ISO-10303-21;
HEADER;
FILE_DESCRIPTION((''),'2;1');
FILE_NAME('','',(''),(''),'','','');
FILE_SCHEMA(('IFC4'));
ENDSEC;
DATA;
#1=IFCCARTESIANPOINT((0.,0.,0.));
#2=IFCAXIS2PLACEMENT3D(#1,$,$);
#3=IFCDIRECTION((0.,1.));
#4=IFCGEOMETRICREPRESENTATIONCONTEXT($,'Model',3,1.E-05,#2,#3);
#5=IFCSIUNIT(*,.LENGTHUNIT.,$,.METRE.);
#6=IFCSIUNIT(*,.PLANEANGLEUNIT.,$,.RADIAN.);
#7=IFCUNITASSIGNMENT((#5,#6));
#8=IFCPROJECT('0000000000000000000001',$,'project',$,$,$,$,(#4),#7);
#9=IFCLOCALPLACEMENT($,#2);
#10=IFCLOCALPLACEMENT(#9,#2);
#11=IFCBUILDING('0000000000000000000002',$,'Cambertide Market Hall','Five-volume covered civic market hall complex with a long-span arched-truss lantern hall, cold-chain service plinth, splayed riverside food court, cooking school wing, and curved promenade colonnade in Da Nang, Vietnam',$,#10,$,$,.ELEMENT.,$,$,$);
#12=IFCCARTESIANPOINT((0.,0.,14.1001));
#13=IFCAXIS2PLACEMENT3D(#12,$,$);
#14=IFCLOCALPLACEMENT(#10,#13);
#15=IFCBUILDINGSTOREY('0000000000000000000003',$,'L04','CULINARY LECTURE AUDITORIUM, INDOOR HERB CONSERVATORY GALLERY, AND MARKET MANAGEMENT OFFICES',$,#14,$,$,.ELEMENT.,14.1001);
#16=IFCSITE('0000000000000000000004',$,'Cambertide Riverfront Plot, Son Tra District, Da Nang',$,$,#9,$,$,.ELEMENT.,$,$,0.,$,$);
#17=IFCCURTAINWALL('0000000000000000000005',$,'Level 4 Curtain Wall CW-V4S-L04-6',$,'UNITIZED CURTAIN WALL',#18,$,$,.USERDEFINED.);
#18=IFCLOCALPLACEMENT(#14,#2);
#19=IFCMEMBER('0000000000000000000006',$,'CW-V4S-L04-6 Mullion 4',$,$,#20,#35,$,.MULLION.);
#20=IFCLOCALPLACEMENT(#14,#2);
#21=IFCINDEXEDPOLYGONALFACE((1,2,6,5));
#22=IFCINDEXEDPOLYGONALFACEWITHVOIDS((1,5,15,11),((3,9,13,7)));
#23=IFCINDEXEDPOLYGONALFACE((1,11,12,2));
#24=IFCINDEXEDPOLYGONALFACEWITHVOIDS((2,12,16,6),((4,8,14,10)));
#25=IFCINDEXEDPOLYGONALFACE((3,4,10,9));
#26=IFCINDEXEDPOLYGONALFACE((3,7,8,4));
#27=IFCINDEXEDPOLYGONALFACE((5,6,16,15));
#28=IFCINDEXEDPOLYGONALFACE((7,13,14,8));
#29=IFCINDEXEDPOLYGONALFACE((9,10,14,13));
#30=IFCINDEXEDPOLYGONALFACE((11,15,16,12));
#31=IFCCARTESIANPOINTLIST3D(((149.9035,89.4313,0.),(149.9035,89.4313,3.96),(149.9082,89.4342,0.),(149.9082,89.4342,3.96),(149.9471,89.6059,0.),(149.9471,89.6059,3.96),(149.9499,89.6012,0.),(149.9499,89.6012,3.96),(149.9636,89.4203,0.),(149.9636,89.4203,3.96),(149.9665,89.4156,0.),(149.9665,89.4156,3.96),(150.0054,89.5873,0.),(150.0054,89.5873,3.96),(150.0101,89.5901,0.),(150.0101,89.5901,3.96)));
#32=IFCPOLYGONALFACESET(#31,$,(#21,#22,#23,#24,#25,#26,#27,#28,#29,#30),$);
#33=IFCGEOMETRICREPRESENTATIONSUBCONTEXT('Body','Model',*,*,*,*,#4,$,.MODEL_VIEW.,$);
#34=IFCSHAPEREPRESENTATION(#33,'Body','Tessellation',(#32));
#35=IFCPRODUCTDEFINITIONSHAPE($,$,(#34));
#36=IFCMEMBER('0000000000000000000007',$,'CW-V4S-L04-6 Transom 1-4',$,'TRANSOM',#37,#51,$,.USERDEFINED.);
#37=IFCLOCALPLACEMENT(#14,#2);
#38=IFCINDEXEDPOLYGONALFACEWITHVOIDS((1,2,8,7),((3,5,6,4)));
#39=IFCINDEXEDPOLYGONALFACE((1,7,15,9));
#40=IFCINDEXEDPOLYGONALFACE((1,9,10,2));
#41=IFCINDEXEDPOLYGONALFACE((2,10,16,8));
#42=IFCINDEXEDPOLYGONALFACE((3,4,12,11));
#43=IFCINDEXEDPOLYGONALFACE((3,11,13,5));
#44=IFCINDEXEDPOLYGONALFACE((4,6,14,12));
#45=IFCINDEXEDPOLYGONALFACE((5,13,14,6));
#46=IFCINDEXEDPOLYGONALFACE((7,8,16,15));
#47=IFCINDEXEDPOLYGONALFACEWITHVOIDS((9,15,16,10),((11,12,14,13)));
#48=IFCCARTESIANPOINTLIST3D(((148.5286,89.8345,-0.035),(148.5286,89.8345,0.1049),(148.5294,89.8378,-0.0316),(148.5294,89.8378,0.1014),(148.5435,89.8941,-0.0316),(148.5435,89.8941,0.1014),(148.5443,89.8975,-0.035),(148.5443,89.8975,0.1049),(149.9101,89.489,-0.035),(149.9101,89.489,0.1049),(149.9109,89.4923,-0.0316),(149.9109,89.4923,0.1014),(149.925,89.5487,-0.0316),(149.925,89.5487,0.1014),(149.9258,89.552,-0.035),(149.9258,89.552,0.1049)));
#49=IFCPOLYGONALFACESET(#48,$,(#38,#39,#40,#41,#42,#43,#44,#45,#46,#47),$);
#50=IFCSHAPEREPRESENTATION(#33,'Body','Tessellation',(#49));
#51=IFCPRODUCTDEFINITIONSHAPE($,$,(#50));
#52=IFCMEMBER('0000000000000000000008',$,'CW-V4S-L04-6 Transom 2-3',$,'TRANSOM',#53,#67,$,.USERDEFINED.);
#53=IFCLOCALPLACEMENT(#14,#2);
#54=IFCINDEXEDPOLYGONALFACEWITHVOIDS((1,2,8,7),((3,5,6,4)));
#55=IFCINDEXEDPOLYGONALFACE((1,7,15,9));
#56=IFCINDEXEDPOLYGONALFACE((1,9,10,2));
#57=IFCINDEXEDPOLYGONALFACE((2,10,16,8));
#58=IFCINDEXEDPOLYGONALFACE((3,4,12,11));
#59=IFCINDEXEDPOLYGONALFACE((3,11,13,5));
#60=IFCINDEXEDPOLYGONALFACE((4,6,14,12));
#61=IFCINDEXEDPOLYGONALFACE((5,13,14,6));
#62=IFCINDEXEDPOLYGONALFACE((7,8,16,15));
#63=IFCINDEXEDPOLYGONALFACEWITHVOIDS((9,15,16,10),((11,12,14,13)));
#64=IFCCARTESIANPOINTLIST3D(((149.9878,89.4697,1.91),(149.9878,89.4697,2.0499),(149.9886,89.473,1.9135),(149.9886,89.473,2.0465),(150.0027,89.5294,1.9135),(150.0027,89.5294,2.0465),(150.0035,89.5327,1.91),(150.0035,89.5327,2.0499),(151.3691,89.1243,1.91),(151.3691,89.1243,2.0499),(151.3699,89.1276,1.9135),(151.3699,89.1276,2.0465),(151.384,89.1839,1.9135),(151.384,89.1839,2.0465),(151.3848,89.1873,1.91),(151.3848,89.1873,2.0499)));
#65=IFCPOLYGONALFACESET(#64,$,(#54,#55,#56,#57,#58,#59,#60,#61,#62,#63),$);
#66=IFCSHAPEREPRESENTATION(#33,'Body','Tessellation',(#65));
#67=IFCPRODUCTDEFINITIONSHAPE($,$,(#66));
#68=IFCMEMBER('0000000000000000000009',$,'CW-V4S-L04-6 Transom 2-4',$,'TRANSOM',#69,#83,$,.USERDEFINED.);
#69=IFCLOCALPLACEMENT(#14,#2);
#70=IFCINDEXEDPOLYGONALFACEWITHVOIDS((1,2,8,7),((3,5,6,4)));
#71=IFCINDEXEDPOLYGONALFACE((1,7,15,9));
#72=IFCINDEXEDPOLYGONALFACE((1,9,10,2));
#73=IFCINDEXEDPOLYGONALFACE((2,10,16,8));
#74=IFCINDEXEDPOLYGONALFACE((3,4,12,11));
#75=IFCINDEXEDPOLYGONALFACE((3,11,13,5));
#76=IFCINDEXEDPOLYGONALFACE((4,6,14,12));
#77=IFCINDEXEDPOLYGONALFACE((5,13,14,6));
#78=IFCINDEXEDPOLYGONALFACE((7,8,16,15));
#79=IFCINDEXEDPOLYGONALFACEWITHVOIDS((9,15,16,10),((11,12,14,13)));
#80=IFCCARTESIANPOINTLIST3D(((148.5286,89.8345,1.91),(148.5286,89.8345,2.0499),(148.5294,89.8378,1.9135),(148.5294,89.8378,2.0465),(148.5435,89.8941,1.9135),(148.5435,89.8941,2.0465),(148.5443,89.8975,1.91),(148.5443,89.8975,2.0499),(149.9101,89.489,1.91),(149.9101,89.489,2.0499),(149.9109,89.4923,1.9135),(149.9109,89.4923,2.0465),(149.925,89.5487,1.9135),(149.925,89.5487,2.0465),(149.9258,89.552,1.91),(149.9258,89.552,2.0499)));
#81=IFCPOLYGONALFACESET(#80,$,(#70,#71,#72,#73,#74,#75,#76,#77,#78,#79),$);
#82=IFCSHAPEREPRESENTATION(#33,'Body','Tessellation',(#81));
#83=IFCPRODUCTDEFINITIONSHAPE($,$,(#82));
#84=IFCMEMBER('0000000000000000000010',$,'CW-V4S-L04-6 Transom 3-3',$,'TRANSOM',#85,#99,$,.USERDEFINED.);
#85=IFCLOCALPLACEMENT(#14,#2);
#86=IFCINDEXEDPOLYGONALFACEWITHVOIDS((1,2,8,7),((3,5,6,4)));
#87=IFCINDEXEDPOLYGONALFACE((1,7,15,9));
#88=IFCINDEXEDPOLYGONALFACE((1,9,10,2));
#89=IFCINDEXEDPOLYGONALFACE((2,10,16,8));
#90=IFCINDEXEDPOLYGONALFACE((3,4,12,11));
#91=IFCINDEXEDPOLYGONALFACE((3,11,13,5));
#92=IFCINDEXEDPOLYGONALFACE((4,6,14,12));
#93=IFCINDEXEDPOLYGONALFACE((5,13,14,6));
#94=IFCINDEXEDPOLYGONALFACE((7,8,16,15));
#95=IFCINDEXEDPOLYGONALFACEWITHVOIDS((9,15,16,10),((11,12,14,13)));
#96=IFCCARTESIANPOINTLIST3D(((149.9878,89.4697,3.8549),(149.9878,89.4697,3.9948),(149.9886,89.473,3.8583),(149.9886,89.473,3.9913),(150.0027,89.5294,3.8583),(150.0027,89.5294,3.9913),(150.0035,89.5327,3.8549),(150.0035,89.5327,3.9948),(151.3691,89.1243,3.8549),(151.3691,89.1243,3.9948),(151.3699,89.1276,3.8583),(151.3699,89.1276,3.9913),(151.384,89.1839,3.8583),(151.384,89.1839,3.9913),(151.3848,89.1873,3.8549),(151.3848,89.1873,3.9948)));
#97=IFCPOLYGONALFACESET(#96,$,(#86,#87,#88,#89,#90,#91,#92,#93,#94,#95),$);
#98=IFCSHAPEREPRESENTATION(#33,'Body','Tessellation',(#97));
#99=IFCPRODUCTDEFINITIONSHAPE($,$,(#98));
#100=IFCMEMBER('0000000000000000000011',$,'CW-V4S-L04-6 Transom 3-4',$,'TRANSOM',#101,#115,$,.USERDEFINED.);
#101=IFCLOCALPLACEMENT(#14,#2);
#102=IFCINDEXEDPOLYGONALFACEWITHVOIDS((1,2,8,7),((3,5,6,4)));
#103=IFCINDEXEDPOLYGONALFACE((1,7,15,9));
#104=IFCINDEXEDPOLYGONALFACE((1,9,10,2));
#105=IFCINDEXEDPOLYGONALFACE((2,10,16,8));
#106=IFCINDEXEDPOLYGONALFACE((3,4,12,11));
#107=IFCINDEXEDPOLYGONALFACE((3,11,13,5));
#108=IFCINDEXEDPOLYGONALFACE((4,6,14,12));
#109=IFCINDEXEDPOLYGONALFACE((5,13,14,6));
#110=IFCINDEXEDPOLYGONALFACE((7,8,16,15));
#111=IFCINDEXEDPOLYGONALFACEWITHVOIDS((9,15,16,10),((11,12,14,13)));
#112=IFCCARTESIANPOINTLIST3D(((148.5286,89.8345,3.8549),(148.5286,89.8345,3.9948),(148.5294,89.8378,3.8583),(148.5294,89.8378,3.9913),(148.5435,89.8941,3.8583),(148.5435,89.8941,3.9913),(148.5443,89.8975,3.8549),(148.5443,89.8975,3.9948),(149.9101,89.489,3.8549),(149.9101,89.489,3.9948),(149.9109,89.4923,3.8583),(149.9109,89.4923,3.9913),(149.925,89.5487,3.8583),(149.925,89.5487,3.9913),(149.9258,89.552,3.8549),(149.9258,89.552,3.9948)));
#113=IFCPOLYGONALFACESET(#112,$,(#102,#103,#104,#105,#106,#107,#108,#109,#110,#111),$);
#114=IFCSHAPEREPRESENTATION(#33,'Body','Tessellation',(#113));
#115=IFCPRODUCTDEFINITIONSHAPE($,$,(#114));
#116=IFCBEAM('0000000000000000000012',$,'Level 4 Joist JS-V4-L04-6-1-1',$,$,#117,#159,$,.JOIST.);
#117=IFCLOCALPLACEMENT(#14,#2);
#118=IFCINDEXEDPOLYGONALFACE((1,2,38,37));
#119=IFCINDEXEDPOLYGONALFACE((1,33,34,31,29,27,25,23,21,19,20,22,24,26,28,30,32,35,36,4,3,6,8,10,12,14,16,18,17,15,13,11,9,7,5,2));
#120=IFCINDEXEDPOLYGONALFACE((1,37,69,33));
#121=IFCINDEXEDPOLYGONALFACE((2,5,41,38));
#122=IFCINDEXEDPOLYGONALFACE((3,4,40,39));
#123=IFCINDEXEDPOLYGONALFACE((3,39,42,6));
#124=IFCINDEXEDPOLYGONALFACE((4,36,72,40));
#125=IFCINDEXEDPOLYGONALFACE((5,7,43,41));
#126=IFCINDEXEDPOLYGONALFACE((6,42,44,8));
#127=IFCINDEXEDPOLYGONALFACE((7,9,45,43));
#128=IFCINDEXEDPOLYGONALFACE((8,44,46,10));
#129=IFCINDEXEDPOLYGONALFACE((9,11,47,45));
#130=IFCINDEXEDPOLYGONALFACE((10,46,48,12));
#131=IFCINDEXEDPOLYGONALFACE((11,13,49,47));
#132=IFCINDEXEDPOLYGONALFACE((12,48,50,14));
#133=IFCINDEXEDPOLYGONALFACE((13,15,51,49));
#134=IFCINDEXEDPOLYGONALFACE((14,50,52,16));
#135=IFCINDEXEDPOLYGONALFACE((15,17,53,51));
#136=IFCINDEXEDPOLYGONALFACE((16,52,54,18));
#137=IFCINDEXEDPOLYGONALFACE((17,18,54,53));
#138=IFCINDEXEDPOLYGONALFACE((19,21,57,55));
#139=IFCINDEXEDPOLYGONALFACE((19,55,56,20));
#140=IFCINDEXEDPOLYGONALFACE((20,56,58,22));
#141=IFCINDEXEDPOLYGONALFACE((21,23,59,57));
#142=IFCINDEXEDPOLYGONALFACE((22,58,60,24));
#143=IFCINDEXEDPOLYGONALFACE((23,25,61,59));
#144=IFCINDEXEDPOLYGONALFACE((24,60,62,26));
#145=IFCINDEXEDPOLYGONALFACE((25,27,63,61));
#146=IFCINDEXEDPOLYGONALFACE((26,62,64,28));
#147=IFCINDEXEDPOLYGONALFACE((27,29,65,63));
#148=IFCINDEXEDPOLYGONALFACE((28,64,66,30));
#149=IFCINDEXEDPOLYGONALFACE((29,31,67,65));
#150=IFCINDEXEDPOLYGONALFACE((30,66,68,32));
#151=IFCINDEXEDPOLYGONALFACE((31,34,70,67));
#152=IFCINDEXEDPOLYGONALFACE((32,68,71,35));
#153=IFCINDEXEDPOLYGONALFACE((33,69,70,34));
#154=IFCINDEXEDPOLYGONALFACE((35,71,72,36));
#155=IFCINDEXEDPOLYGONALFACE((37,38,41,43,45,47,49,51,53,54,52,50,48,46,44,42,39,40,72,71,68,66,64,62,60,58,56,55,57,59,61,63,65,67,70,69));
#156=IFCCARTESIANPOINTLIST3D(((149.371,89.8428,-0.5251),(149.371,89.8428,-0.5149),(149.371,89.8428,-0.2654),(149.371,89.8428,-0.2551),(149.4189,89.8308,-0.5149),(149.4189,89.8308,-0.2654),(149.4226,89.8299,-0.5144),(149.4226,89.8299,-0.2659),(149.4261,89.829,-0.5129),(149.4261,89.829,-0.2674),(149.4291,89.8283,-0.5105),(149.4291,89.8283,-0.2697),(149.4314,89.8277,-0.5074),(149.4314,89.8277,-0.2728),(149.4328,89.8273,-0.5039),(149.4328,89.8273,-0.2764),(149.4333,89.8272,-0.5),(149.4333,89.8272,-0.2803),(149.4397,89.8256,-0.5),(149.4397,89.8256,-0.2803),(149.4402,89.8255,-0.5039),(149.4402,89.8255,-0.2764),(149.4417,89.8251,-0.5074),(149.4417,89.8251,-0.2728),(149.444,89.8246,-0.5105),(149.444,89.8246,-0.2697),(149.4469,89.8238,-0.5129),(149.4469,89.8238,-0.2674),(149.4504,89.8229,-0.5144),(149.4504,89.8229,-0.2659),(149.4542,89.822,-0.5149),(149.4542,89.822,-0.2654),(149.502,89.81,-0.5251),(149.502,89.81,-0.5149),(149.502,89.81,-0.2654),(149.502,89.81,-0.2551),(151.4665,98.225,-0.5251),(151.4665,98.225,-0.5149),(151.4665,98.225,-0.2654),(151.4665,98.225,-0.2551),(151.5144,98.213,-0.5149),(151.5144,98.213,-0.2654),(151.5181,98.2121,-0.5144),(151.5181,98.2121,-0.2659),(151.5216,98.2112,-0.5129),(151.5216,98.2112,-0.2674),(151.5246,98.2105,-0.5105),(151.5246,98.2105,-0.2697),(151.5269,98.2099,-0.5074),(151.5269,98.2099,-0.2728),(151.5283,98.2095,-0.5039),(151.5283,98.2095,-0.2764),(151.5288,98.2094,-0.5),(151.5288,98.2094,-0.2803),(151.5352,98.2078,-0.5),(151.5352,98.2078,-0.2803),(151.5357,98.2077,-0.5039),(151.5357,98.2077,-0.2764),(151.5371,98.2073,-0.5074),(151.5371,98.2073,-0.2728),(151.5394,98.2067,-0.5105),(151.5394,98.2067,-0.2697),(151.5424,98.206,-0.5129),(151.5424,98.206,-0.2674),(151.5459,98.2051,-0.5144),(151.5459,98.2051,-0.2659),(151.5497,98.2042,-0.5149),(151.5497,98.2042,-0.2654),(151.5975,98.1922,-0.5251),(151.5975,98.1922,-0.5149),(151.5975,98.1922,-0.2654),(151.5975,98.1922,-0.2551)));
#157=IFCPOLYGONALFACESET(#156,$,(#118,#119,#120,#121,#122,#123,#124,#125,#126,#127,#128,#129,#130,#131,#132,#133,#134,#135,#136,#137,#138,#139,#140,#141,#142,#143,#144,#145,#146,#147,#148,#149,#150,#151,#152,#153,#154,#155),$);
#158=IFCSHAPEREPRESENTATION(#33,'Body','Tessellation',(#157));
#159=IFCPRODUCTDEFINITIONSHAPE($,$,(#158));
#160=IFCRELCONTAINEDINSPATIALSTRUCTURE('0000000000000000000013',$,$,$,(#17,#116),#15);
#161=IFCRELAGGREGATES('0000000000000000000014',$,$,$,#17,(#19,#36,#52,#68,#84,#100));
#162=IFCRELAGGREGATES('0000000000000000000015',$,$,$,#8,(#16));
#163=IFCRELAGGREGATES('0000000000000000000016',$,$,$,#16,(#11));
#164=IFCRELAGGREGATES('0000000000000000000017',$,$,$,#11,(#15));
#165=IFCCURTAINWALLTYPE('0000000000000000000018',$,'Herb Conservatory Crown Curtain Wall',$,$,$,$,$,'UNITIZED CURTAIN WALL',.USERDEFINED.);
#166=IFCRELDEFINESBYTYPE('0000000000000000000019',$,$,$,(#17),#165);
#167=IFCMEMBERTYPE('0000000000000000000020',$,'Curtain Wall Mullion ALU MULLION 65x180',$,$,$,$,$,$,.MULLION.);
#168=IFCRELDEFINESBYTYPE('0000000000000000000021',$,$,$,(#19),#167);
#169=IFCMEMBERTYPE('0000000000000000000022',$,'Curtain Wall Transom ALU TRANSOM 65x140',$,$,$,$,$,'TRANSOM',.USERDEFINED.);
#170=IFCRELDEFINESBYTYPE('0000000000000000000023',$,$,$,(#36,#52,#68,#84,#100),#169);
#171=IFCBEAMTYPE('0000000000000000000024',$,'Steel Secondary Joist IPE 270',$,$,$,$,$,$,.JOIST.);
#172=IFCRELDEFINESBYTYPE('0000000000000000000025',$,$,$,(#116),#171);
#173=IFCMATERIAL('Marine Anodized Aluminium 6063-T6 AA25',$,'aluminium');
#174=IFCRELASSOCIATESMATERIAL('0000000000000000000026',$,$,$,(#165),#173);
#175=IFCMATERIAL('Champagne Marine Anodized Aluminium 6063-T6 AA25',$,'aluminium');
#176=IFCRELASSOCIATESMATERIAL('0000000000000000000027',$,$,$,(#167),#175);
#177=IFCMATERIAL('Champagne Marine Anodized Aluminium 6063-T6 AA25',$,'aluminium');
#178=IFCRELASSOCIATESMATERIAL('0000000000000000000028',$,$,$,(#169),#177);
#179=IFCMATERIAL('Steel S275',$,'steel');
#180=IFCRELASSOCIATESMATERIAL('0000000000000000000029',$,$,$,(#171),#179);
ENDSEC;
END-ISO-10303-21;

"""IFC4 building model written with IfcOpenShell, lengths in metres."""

from ifc_helpers import new_model, si_unit, direction, frame, origin, origin_2d, place, context, subcontext, project, spatial, hollow_rectangle, i_section, extrude, material, material_profile, profile_set, type_object, element, aggregate, save


model = new_model("IFC4")

# Units and contexts
model_context = context("Model", 3, precision=1e-05, world=origin(), true_north=direction((0.0, 1.0)))
body_context = subcontext(model_context, "Body", "Model", "MODEL_VIEW")
ifc_project = project(units=[si_unit("LENGTHUNIT", "METRE"), si_unit("PLANEANGLEUNIT", "RADIAN")], contexts=[model_context])

# Site, building, storey
site_placement = place(None, origin())
site = spatial("IfcSite", under=ifc_project, at=site_placement, Name="Cambertide Riverfront Plot, Son Tra District, Da Nang", CompositionType="ELEMENT", RefElevation=0.0)
building_placement = place(site_placement, origin())
building = spatial("IfcBuilding", under=site, at=building_placement, Name="Cambertide Market Hall", Description="Five-volume covered civic market hall complex with a long-span arched-truss lantern hall, cold-chain service plinth, splayed riverside food court, cooking school wing, and curved promenade colonnade in Da Nang, Vietnam", CompositionType="ELEMENT")
storey_placement = place(building_placement, frame((0.0, 0.0, 14.1001)))
storey = spatial("IfcBuildingStorey", under=building, at=storey_placement, Name="L04", Description="CULINARY LECTURE AUDITORIUM, INDOOR HERB CONSERVATORY GALLERY, AND MARKET MANAGEMENT OFFICES", CompositionType="ELEMENT", Elevation=14.1001)

# Curtain wall, members
ifc_material_1 = material(Name="Marine Anodized Aluminium 6063-T6 AA25", Category="aluminium")
curtain_wall_type = type_object("IfcCurtainWallType", Name="Herb Conservatory Crown Curtain Wall", ElementType="UNITIZED CURTAIN WALL", PredefinedType="USERDEFINED", material=ifc_material_1)
curtain_wall_placement = place(storey_placement, origin())
curtain_wall = element("IfcCurtainWall", 1, at=curtain_wall_placement, inside=storey, type_object=curtain_wall_type, Name="Level 4 Curtain Wall CW-V4S-L04-6", ObjectType="UNITIZED CURTAIN WALL", PredefinedType="USERDEFINED")
ifc_material_2 = material(Name="Champagne Marine Anodized Aluminium 6063-T6 AA25", Category="aluminium")
ifc_material_profile_1 = material_profile(ifc_material_2, hollow_rectangle(XDim=0.0649, YDim=0.1799, WallThickness=0.0039, at=origin_2d()), Name="ALU MULLION 65x180")
ifc_profile_set_1 = profile_set([ifc_material_profile_1], Name="Champagne Marine Anodized Aluminium 6063-T6 AA25")
member_type_1 = type_object("IfcMemberType", Name="Curtain Wall Mullion ALU MULLION 65x180", PredefinedType="MULLION", material=ifc_profile_set_1)
member_1_placement = place(storey_placement, frame((149.9568, 89.5107, 0.0), z_axis=(0.0, 0.0, 1.0), x_axis=(-0.970143, 0.242535, 0.0)))
member_1 = element("IfcMember", 2, at=member_1_placement, type_object=member_type_1, Name="CW-V4S-L04-6 Mullion 4", PredefinedType="MULLION", context=body_context, shape_type="SweptSolid", body=[
    extrude(hollow_rectangle(XDim=0.0649, YDim=0.1799, WallThickness=0.0039, at=origin_2d()), origin(), (0.0, 0.0, 1.0), 3.96),
])
ifc_material_3 = material(Name="Champagne Marine Anodized Aluminium 6063-T6 AA25", Category="aluminium")
ifc_material_profile_2 = material_profile(ifc_material_3, hollow_rectangle(XDim=0.0649, YDim=0.1399, WallThickness=0.0034, at=origin_2d()), Name="ALU TRANSOM 65x140")
ifc_profile_set_2 = profile_set([ifc_material_profile_2], Name="Champagne Marine Anodized Aluminium 6063-T6 AA25")
member_type_2 = type_object("IfcMemberType", Name="Curtain Wall Transom ALU TRANSOM 65x140", ElementType="TRANSOM", PredefinedType="USERDEFINED", material=ifc_profile_set_2)
member_2_placement = place(storey_placement, frame((149.918, 89.5205, 0.0349), z_axis=(-0.970132, 0.242576, 0.0), x_axis=(-0.242576, -0.970132, 0.0)))
member_2 = element("IfcMember", 3, at=member_2_placement, type_object=member_type_2, Name="CW-V4S-L04-6 Transom 1-4", ObjectType="TRANSOM", PredefinedType="USERDEFINED", context=body_context, shape_type="SweptSolid", body=[
    extrude(hollow_rectangle(XDim=0.0649, YDim=0.1399, WallThickness=0.0034, at=origin_2d()), origin(), (0.0, 0.0, 1.0), 1.4241),
])
member_3_placement = place(storey_placement, frame((151.377, 89.1558, 1.98), z_axis=(-0.970122, 0.242616, 0.0), x_axis=(-0.242616, -0.970122, 0.0)))
member_3 = element("IfcMember", 4, at=member_3_placement, type_object=member_type_2, Name="CW-V4S-L04-6 Transom 2-3", ObjectType="TRANSOM", PredefinedType="USERDEFINED", context=body_context, shape_type="SweptSolid", body=[
    extrude(hollow_rectangle(XDim=0.0649, YDim=0.1399, WallThickness=0.0034, at=origin_2d()), origin(), (0.0, 0.0, 1.0), 1.4238),
])
member_4_placement = place(storey_placement, frame((149.918, 89.5205, 1.98), z_axis=(-0.970132, 0.242576, 0.0), x_axis=(-0.242576, -0.970132, 0.0)))
member_4 = element("IfcMember", 5, at=member_4_placement, type_object=member_type_2, Name="CW-V4S-L04-6 Transom 2-4", ObjectType="TRANSOM", PredefinedType="USERDEFINED", context=body_context, shape_type="SweptSolid", body=[
    extrude(hollow_rectangle(XDim=0.0649, YDim=0.1399, WallThickness=0.0034, at=origin_2d()), origin(), (0.0, 0.0, 1.0), 1.4241),
])
member_5_placement = place(storey_placement, frame((151.377, 89.1558, 3.9248), z_axis=(-0.970122, 0.242616, 0.0), x_axis=(-0.242616, -0.970122, 0.0)))
member_5 = element("IfcMember", 6, at=member_5_placement, type_object=member_type_2, Name="CW-V4S-L04-6 Transom 3-3", ObjectType="TRANSOM", PredefinedType="USERDEFINED", context=body_context, shape_type="SweptSolid", body=[
    extrude(hollow_rectangle(XDim=0.0649, YDim=0.1399, WallThickness=0.0034, at=origin_2d()), origin(), (0.0, 0.0, 1.0), 1.4238),
])
member_6_placement = place(storey_placement, frame((149.918, 89.5205, 3.9248), z_axis=(-0.970132, 0.242576, 0.0), x_axis=(-0.242576, -0.970132, 0.0)))
member_6 = element("IfcMember", 7, at=member_6_placement, type_object=member_type_2, Name="CW-V4S-L04-6 Transom 3-4", ObjectType="TRANSOM", PredefinedType="USERDEFINED", context=body_context, shape_type="SweptSolid", body=[
    extrude(hollow_rectangle(XDim=0.0649, YDim=0.1399, WallThickness=0.0034, at=origin_2d()), origin(), (0.0, 0.0, 1.0), 1.4241),
])

# Beam
ifc_material_4 = material(Name="Steel S275", Category="steel")
ifc_material_profile_3 = material_profile(ifc_material_4, i_section(OverallWidth=0.135, OverallDepth=0.27, WebThickness=0.0066, FlangeThickness=0.0103, FilletRadius=0.0149, at=origin_2d()), Name="IPE 270")
ifc_profile_set_3 = profile_set([ifc_material_profile_3], Name="Steel S275")
beam_type = type_object("IfcBeamType", Name="Steel Secondary Joist IPE 270", PredefinedType="JOIST", material=ifc_profile_set_3)
for number, where, z_axis, x_axis, name in (
    (8, (149.4365, 89.8264, -0.3901), (0.242529, 0.970144, 0.0), (-0.970144, 0.242529, 0.0), "Level 4 Joist JS-V4-L04-6-1-1"),
):
    element("IfcBeam", number, at=place(storey_placement, frame(where, z_axis=z_axis, x_axis=x_axis)), inside=storey, type_object=beam_type, Name=name, PredefinedType="JOIST", context=body_context, shape_type="SweptSolid", body=[
        extrude(i_section(OverallWidth=0.135, OverallDepth=0.27, WebThickness=0.0066, FlangeThickness=0.0103, FilletRadius=0.0149, at=origin_2d()), origin(), (0.0, 0.0, 1.0), 8.6401),
    ])

aggregate(curtain_wall, [member_1, member_2, member_3, member_4, member_5, member_6])

save(model, "model.ifc")
